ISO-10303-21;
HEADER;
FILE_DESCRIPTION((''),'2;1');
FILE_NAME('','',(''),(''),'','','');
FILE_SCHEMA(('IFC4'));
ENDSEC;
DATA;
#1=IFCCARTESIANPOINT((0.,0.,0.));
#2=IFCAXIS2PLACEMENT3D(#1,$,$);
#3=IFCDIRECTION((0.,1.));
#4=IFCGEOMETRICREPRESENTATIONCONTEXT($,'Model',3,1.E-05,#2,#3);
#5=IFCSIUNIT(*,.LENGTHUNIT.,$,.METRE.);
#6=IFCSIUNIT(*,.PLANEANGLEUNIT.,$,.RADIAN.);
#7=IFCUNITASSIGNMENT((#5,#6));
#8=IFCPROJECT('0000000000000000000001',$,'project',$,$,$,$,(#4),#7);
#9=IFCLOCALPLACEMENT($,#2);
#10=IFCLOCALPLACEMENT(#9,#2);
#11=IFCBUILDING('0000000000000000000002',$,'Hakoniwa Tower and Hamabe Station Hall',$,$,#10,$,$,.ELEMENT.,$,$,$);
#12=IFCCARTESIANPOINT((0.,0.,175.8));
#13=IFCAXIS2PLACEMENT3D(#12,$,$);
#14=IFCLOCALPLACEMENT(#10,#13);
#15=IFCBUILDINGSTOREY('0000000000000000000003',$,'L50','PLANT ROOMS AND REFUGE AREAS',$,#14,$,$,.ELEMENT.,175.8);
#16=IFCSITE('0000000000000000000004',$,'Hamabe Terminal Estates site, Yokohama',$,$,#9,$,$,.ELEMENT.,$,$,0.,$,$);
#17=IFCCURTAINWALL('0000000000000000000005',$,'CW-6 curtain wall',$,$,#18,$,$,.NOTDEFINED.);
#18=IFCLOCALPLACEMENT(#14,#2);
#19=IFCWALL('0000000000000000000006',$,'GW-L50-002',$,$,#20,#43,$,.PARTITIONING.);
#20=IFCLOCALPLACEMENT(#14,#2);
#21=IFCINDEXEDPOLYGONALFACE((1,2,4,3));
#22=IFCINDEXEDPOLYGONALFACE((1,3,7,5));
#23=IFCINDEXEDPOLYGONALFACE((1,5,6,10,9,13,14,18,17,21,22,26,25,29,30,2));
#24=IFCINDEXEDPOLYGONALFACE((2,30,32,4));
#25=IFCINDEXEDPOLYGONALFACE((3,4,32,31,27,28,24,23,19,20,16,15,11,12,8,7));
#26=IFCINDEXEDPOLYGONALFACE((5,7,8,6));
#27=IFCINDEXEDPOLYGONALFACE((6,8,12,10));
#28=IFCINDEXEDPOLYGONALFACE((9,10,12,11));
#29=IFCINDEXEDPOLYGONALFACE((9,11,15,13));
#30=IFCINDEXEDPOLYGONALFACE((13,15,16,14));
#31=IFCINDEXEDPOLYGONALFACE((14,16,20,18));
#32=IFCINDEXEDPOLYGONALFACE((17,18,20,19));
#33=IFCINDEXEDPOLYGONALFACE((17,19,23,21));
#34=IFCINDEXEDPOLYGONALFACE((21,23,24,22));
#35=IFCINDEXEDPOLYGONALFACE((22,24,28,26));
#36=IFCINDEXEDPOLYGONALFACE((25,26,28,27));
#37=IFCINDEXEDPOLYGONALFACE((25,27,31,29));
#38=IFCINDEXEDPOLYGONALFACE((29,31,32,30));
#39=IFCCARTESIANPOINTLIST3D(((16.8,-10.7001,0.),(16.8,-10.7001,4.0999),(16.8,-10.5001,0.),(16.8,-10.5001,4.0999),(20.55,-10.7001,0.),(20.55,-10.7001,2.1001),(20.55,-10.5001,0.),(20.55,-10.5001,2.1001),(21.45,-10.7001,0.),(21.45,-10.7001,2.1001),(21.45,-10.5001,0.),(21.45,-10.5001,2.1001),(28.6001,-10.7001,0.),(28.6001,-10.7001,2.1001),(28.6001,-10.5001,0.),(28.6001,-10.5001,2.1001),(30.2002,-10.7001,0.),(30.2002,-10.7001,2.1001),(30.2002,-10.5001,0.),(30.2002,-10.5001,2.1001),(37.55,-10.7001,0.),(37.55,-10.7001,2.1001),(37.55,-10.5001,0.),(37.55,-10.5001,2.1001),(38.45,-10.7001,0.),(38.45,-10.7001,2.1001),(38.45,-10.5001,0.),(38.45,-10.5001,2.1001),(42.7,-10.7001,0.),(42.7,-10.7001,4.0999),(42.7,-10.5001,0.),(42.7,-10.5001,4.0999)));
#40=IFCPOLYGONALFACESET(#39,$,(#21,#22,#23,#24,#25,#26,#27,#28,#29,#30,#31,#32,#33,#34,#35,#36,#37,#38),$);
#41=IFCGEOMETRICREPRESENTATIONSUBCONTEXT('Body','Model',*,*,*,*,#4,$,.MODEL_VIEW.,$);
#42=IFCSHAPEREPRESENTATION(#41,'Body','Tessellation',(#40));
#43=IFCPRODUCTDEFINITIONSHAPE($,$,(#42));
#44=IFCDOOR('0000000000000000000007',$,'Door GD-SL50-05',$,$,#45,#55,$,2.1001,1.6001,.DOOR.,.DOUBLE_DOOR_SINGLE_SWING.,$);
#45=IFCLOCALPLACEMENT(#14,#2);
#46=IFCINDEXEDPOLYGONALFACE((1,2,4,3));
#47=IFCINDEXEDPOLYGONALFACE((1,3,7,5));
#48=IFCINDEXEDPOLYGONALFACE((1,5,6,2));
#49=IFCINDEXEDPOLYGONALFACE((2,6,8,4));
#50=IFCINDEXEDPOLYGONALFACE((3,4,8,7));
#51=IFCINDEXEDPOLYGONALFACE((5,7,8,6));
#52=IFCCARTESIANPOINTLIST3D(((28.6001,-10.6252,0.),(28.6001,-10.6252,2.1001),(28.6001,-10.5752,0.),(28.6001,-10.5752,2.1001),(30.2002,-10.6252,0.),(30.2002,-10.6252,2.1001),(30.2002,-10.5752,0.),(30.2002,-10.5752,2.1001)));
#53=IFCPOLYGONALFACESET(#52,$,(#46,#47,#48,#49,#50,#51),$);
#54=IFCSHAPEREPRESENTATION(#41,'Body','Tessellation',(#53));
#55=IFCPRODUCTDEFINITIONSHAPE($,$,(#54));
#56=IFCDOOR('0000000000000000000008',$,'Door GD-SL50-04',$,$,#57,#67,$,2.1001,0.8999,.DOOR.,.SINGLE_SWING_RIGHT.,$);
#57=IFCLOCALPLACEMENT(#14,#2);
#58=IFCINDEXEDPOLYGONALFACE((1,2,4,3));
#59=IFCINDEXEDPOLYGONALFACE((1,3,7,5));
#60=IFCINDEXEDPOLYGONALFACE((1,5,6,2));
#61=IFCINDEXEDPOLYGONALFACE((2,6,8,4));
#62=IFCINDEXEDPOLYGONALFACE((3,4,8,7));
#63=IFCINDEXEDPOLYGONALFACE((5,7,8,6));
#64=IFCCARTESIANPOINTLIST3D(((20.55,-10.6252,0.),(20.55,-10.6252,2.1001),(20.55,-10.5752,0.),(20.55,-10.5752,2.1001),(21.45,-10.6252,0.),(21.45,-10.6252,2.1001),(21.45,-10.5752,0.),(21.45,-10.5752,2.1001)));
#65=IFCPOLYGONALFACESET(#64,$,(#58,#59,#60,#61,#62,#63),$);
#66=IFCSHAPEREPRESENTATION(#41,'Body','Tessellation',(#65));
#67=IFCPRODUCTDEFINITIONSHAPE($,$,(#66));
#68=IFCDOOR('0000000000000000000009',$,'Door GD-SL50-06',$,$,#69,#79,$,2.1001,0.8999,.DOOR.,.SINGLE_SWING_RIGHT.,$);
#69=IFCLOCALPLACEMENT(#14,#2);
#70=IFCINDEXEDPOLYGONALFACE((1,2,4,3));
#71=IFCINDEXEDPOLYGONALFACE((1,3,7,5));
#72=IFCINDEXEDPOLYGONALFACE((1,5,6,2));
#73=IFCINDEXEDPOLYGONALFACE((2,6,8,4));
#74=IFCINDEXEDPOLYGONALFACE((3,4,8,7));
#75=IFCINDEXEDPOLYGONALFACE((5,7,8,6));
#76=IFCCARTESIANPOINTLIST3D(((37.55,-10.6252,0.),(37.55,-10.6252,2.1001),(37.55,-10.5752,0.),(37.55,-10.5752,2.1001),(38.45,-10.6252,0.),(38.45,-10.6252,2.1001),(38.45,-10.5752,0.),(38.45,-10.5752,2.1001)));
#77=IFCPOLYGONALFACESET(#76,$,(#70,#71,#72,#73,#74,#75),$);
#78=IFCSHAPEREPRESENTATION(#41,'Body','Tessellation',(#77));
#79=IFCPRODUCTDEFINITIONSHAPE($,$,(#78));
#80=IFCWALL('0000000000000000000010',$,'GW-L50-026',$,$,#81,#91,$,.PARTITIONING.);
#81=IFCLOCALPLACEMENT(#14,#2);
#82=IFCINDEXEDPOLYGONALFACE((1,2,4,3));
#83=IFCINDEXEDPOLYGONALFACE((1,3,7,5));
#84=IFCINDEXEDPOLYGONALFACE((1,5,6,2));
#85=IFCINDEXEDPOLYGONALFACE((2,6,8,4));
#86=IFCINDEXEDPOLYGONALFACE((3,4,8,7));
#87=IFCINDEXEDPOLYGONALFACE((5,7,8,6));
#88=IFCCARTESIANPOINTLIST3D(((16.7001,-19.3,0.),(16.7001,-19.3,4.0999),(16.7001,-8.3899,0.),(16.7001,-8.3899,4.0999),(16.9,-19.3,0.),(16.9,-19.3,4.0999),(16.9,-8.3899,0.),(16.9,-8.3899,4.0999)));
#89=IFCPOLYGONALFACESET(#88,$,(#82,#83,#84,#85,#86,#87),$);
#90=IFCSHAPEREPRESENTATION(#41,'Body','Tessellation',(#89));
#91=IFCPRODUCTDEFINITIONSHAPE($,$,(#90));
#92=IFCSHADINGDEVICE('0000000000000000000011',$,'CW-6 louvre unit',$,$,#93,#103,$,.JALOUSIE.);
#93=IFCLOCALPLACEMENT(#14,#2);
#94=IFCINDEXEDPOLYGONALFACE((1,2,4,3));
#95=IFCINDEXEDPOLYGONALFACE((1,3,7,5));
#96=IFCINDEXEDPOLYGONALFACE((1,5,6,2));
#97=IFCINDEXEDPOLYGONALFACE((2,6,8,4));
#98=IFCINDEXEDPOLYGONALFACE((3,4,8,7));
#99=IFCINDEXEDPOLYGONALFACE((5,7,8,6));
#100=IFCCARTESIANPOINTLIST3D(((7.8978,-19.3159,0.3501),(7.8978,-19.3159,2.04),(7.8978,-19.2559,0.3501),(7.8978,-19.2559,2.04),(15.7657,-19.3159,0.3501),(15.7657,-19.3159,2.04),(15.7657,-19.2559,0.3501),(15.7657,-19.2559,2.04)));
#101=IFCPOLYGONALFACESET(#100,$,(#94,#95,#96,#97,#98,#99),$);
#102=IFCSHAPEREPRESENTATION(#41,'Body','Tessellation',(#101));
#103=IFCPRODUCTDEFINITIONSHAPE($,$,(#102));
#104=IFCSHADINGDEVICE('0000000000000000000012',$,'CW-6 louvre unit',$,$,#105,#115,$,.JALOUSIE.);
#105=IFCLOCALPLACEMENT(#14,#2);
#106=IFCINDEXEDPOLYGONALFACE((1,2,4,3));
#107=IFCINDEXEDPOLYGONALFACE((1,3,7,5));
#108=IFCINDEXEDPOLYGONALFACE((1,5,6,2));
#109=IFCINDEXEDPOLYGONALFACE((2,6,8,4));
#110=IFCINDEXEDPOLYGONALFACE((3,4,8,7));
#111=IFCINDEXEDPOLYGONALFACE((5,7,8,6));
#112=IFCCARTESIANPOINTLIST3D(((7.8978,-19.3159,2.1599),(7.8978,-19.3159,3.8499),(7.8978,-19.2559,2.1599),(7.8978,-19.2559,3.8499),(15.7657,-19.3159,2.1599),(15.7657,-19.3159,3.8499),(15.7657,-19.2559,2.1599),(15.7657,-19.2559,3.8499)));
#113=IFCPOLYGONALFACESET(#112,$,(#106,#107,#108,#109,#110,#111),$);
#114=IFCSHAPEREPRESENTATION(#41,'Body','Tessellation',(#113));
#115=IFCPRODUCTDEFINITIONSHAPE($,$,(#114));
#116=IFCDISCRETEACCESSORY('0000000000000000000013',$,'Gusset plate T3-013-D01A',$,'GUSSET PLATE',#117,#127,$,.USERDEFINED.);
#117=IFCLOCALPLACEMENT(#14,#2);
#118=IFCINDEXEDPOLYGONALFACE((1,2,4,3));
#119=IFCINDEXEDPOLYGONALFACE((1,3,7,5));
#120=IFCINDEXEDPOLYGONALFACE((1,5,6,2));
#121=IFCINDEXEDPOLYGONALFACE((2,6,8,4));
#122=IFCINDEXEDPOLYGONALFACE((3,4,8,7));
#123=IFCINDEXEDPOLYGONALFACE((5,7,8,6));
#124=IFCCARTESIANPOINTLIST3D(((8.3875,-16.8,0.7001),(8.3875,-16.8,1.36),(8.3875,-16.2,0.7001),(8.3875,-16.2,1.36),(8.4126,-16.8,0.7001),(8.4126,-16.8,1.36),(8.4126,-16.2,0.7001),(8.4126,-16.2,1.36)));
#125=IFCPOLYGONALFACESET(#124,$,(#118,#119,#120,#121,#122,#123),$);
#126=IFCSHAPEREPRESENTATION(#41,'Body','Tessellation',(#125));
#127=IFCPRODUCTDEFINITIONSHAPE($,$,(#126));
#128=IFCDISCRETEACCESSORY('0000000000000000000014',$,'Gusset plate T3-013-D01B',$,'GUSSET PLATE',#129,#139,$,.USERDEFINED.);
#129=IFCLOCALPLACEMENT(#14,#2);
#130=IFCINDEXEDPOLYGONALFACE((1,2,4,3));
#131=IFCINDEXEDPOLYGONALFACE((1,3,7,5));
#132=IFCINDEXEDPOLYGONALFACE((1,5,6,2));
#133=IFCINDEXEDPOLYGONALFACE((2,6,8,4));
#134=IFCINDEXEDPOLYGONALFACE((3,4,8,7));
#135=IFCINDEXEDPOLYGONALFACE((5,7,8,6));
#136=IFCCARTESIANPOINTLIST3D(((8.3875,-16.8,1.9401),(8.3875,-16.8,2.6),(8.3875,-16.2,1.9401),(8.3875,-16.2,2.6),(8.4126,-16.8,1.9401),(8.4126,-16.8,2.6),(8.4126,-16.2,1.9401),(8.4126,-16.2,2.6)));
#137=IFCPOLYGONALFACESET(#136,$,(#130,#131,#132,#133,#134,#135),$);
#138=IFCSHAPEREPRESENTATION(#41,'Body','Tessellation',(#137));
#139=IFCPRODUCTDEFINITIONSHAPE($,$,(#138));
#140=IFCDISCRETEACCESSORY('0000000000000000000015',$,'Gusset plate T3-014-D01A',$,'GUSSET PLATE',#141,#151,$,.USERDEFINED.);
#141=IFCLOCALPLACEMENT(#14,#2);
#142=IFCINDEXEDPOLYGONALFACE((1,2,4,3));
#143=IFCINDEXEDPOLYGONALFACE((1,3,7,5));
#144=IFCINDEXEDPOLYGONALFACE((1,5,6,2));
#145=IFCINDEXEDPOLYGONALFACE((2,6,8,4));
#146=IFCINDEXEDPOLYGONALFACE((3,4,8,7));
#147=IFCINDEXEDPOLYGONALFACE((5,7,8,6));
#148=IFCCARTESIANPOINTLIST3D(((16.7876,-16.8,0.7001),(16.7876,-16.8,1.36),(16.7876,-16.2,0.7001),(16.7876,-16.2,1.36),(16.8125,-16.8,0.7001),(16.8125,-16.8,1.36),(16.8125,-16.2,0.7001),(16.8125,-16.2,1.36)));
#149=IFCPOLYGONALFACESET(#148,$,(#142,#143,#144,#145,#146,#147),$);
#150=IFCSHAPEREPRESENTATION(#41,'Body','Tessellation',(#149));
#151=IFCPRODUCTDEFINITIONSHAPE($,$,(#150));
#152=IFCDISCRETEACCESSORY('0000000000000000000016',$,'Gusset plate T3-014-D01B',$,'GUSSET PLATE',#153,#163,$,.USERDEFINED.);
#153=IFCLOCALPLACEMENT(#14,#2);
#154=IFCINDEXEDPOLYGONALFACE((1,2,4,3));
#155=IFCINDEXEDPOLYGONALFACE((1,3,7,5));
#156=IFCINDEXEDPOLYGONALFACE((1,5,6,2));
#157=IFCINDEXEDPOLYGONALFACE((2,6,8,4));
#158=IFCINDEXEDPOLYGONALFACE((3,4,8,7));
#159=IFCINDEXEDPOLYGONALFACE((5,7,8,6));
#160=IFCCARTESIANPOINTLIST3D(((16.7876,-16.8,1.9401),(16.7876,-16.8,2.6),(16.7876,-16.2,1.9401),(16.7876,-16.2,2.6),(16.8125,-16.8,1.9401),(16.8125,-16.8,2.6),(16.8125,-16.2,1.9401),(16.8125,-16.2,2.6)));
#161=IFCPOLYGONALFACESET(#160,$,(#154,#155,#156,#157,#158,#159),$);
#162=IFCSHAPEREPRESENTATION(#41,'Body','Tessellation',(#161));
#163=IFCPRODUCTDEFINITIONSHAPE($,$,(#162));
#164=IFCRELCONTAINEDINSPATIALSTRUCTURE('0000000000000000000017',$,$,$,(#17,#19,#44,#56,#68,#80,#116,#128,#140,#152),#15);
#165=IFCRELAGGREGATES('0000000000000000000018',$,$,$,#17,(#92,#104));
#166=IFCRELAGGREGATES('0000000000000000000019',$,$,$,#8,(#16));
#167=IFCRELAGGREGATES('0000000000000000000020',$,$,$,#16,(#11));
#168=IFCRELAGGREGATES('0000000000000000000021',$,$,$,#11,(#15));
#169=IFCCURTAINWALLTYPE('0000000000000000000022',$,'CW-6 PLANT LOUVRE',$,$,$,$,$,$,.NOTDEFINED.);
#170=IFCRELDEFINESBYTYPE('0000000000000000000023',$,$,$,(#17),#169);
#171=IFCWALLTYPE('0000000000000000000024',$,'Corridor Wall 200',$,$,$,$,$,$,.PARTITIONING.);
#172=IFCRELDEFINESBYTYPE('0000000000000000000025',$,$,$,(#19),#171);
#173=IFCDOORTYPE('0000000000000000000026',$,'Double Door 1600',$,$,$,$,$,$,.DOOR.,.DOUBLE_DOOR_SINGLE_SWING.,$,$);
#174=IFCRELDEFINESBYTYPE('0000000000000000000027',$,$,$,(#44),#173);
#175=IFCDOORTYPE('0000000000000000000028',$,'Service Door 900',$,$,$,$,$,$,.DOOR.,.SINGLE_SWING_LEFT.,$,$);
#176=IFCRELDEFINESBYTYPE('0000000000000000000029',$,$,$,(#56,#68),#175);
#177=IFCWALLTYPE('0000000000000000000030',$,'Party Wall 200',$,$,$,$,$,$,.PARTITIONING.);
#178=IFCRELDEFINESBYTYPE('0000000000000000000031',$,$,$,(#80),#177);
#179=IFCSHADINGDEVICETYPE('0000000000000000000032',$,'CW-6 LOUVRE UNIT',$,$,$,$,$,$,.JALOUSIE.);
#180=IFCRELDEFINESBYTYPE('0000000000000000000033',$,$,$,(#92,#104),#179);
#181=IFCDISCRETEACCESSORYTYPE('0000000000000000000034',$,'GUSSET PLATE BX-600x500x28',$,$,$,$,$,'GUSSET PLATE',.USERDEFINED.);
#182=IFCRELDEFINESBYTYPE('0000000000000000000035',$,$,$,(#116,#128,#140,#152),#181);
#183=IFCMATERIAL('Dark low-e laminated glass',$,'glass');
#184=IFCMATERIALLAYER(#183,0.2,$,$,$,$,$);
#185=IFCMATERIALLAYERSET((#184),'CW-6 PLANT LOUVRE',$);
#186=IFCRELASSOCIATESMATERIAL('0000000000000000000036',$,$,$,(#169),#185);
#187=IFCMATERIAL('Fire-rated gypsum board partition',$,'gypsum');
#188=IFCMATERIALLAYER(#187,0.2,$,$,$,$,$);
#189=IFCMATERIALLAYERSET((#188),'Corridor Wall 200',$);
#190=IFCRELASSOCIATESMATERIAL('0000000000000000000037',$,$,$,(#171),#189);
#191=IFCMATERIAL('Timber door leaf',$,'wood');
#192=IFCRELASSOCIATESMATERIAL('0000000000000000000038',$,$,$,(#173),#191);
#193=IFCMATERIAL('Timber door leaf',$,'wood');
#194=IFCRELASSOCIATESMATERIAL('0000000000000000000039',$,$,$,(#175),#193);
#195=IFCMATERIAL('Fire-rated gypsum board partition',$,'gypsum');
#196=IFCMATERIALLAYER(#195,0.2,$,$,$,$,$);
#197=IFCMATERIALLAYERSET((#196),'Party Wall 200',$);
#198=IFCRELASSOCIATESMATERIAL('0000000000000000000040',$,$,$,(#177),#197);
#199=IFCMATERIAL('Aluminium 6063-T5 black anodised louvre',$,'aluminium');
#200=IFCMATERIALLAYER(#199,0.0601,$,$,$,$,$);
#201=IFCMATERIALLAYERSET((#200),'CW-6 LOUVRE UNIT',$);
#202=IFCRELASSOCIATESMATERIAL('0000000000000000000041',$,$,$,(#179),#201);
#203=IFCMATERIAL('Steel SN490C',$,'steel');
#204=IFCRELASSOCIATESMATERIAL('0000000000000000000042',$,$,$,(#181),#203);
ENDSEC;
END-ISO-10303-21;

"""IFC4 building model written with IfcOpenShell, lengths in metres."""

from ifc_helpers import new_model, si_unit, direction, frame, frame_2d, origin, origin_2d, place, context, subcontext, project, spatial, rectangle, extrude, material, layer, layer_set, material_profile, profile_set, type_object, element, fill, aggregate, save


model = new_model("IFC4")

# Units and contexts
model_context = context("Model", 3, precision=1e-05, world=origin(), true_north=direction((0.0, 1.0)))
body_context = subcontext(model_context, "Body", "Model", "MODEL_VIEW")
ifc_project = project(units=[si_unit("LENGTHUNIT", "METRE"), si_unit("PLANEANGLEUNIT", "RADIAN")], contexts=[model_context])

# Site, building, storey
site_placement = place(None, origin())
site = spatial("IfcSite", under=ifc_project, at=site_placement, Name="Hamabe Terminal Estates site, Yokohama", CompositionType="ELEMENT", RefElevation=0.0)
building_placement = place(site_placement, origin())
building = spatial("IfcBuilding", under=site, at=building_placement, Name="Hakoniwa Tower and Hamabe Station Hall", CompositionType="ELEMENT")
storey_placement = place(building_placement, frame((0.0, 0.0, 175.8)))
storey = spatial("IfcBuildingStorey", under=building, at=storey_placement, Name="L50", Description="PLANT ROOMS AND REFUGE AREAS", CompositionType="ELEMENT", Elevation=175.8)

# Curtain wall
ifc_material_1 = material(Name="Dark low-e laminated glass", Category="glass")
ifc_layer_1 = layer(ifc_material_1, 0.2)
ifc_layer_set_1 = layer_set([ifc_layer_1], Name="CW-6 PLANT LOUVRE")
curtain_wall_type = type_object("IfcCurtainWallType", Name="CW-6 PLANT LOUVRE", PredefinedType="NOTDEFINED", material=ifc_layer_set_1)
curtain_wall_placement = place(storey_placement, origin())
curtain_wall = element("IfcCurtainWall", 1, at=curtain_wall_placement, inside=storey, type_object=curtain_wall_type, Name="CW-6 curtain wall", PredefinedType="NOTDEFINED")

# Wall, openings, doors
ifc_material_2 = material(Name="Fire-rated gypsum board partition", Category="gypsum")
ifc_layer_2 = layer(ifc_material_2, 0.2)
ifc_layer_set_2 = layer_set([ifc_layer_2], Name="Corridor Wall 200")
wall_type_1 = type_object("IfcWallType", Name="Corridor Wall 200", PredefinedType="PARTITIONING", material=ifc_layer_set_2)
wall_1_placement = place(storey_placement, frame((16.8, -10.6001, 0.0), z_axis=(0.0, 0.0, 1.0), x_axis=(1.0, 0.0, 0.0)))
wall_1 = element("IfcWall", 2, at=wall_1_placement, inside=storey, type_object=wall_type_1, Name="GW-L50-002", PredefinedType="PARTITIONING", context=body_context, shape_type="SweptSolid", body=[
    extrude(rectangle(XDim=25.8999, YDim=0.2, at=frame_2d((12.95, 0.0))), origin(), (0.0, 0.0, 1.0), 4.0999),
])
opening_1_placement = place(wall_1_placement, frame((3.75, 0.0, 0.0)))
opening_1 = element("IfcOpeningElement", 3, at=opening_1_placement, cuts=wall_1, PredefinedType="OPENING", context=body_context, shape_type="SweptSolid", body=[
    extrude(rectangle(XDim=0.8999, YDim=2.1001, at=frame_2d((0.45, 1.05))), frame((0.0, 0.1099, 0.0), z_axis=(0.0, -1.0, 0.0), x_axis=(1.0, 0.0, 0.0)), (0.0, 0.0, 1.0), 0.22),
])
opening_2_placement = place(wall_1_placement, frame((11.8, 0.0, 0.0)))
opening_2 = element("IfcOpeningElement", 4, at=opening_2_placement, cuts=wall_1, PredefinedType="OPENING", context=body_context, shape_type="SweptSolid", body=[
    extrude(rectangle(XDim=1.6001, YDim=2.1001, at=frame_2d((0.8, 1.05))), frame((0.0, 0.1099, 0.0), z_axis=(0.0, -1.0, 0.0), x_axis=(1.0, 0.0, 0.0)), (0.0, 0.0, 1.0), 0.22),
])
opening_3_placement = place(wall_1_placement, frame((20.75, 0.0, 0.0)))
opening_3 = element("IfcOpeningElement", 5, at=opening_3_placement, cuts=wall_1, PredefinedType="OPENING", context=body_context, shape_type="SweptSolid", body=[
    extrude(rectangle(XDim=0.8999, YDim=2.1001, at=frame_2d((0.45, 1.05))), frame((0.0, 0.1099, 0.0), z_axis=(0.0, -1.0, 0.0), x_axis=(1.0, 0.0, 0.0)), (0.0, 0.0, 1.0), 0.22),
])
ifc_material_3 = material(Name="Timber door leaf", Category="wood")
door_type_1 = type_object("IfcDoorType", Name="Double Door 1600", OperationType="DOUBLE_DOOR_SINGLE_SWING", PredefinedType="DOOR", material=ifc_material_3)
door_1_placement = place(opening_2_placement, origin())
door_1 = element("IfcDoor", 6, at=door_1_placement, inside=storey, type_object=door_type_1, Name="Door GD-SL50-05", OperationType="DOUBLE_DOOR_SINGLE_SWING", OverallHeight=2.1001, OverallWidth=1.6001, PredefinedType="DOOR", context=body_context, shape_type="SweptSolid", body=[
    extrude(rectangle(XDim=1.6001, YDim=2.1001, at=frame_2d((0.8, 1.05))), frame((0.0, 0.0249, 0.0), z_axis=(0.0, -1.0, 0.0), x_axis=(1.0, 0.0, 0.0)), (0.0, 0.0, 1.0), 0.05),
])
fill(opening_2, door_1)
ifc_material_4 = material(Name="Timber door leaf", Category="wood")
door_type_2 = type_object("IfcDoorType", Name="Service Door 900", OperationType="SINGLE_SWING_LEFT", PredefinedType="DOOR", material=ifc_material_4)
door_2_placement = place(opening_1_placement, origin())
door_2 = element("IfcDoor", 7, at=door_2_placement, inside=storey, type_object=door_type_2, Name="Door GD-SL50-04", OperationType="SINGLE_SWING_RIGHT", OverallHeight=2.1001, OverallWidth=0.8999, PredefinedType="DOOR", context=body_context, shape_type="SweptSolid", body=[
    extrude(rectangle(XDim=0.8999, YDim=2.1001, at=frame_2d((0.45, 1.05))), frame((0.0, 0.0249, 0.0), z_axis=(0.0, -1.0, 0.0), x_axis=(1.0, 0.0, 0.0)), (0.0, 0.0, 1.0), 0.05),
])
fill(opening_1, door_2)
door_3_placement = place(opening_3_placement, origin())
door_3 = element("IfcDoor", 8, at=door_3_placement, inside=storey, type_object=door_type_2, Name="Door GD-SL50-06", OperationType="SINGLE_SWING_RIGHT", OverallHeight=2.1001, OverallWidth=0.8999, PredefinedType="DOOR", context=body_context, shape_type="SweptSolid", body=[
    extrude(rectangle(XDim=0.8999, YDim=2.1001, at=frame_2d((0.45, 1.05))), frame((0.0, 0.0249, 0.0), z_axis=(0.0, -1.0, 0.0), x_axis=(1.0, 0.0, 0.0)), (0.0, 0.0, 1.0), 0.05),
])
fill(opening_3, door_3)

# Wall
ifc_material_5 = material(Name="Fire-rated gypsum board partition", Category="gypsum")
ifc_layer_3 = layer(ifc_material_5, 0.2)
ifc_layer_set_3 = layer_set([ifc_layer_3], Name="Party Wall 200")
wall_type_2 = type_object("IfcWallType", Name="Party Wall 200", PredefinedType="PARTITIONING", material=ifc_layer_set_3)
wall_2_placement = place(storey_placement, frame((16.8, -19.3, 0.0), z_axis=(0.0, 0.0, 1.0), x_axis=(0.0, 1.0, 0.0)))
element("IfcWall", 9, at=wall_2_placement, inside=storey, type_object=wall_type_2, Name="GW-L50-026", PredefinedType="PARTITIONING", context=body_context, shape_type="SweptSolid", body=[
    extrude(rectangle(XDim=10.9102, YDim=0.2, at=frame_2d((5.4551, 0.0))), origin(), (0.0, 0.0, 1.0), 4.0999),
])

# Shading devices
ifc_material_6 = material(Name="Aluminium 6063-T5 black anodised louvre", Category="aluminium")
ifc_layer_4 = layer(ifc_material_6, 0.0601)
ifc_layer_set_4 = layer_set([ifc_layer_4], Name="CW-6 LOUVRE UNIT")
shading_device_type = type_object("IfcShadingDeviceType", Name="CW-6 LOUVRE UNIT", PredefinedType="JALOUSIE", material=ifc_layer_set_4)
shading_device_1_placement = place(storey_placement, frame((11.8318, -19.2859, 0.3501), z_axis=(0.0, 0.0, 1.0), x_axis=(1.0, 0.0, 0.0)))
shading_device_1 = element("IfcShadingDevice", 10, at=shading_device_1_placement, type_object=shading_device_type, Name="CW-6 louvre unit", PredefinedType="JALOUSIE", context=body_context, shape_type="SweptSolid", body=[
    extrude(rectangle(XDim=7.8679, YDim=0.0601, at=origin_2d()), origin(), (0.0, 0.0, 1.0), 1.6899),
])
shading_device_2_placement = place(storey_placement, frame((11.8318, -19.2859, 2.1599), z_axis=(0.0, 0.0, 1.0), x_axis=(1.0, 0.0, 0.0)))
shading_device_2 = element("IfcShadingDevice", 11, at=shading_device_2_placement, type_object=shading_device_type, Name="CW-6 louvre unit", PredefinedType="JALOUSIE", context=body_context, shape_type="SweptSolid", body=[
    extrude(rectangle(XDim=7.8679, YDim=0.0601, at=origin_2d()), origin(), (0.0, 0.0, 1.0), 1.6899),
])
aggregate(curtain_wall, [shading_device_1, shading_device_2])

# Discrete accessories
ifc_material_7 = material(Name="Steel SN490C", Category="steel")
ifc_material_profile_1 = material_profile(ifc_material_7, rectangle(XDim=0.6001, YDim=0.6599, at=origin_2d()), Name="GUSSET PLATE BX-600x500x28")
ifc_profile_set_1 = profile_set([ifc_material_profile_1], Name="Steel SN490C")
discrete_accessory_type = type_object("IfcDiscreteAccessoryType", Name="GUSSET PLATE BX-600x500x28", ElementType="GUSSET PLATE", PredefinedType="USERDEFINED", material=ifc_profile_set_1)
for number, where, z_axis, x_axis, name in (
    (12, (8.4126, -16.5, 1.03), (-1.0, 0.0, 0.0), (0.0, -1.0, 0.0), "Gusset plate T3-013-D01A"),
    (13, (8.4126, -16.5, 2.27), (-1.0, 0.0, 0.0), (0.0, -1.0, 0.0), "Gusset plate T3-013-D01B"),
):
    element("IfcDiscreteAccessory", number, at=place(storey_placement, frame(where, z_axis=z_axis, x_axis=x_axis)), inside=storey, type_object=discrete_accessory_type, Name=name, ObjectType="GUSSET PLATE", PredefinedType="USERDEFINED", context=body_context, shape_type="SweptSolid", body=[
        extrude(rectangle(XDim=0.6001, YDim=0.6599, at=origin_2d()), origin(), (0.0, 0.0, 1.0), 0.0251),
    ])
for number, where, z_axis, x_axis, name in (
    (14, (16.8125, -16.5, 1.03), (-1.0, 0.0, 0.0), (0.0, -1.0, 0.0), "Gusset plate T3-014-D01A"),
    (15, (16.8125, -16.5, 2.27), (-1.0, 0.0, 0.0), (0.0, -1.0, 0.0), "Gusset plate T3-014-D01B"),
):
    element("IfcDiscreteAccessory", number, at=place(storey_placement, frame(where, z_axis=z_axis, x_axis=x_axis)), inside=storey, type_object=discrete_accessory_type, Name=name, ObjectType="GUSSET PLATE", PredefinedType="USERDEFINED", context=body_context, shape_type="SweptSolid", body=[
        extrude(rectangle(XDim=0.6001, YDim=0.6599, at=origin_2d()), origin(), (0.0, 0.0, 1.0), 0.0249),
    ])

save(model, "model.ifc")
